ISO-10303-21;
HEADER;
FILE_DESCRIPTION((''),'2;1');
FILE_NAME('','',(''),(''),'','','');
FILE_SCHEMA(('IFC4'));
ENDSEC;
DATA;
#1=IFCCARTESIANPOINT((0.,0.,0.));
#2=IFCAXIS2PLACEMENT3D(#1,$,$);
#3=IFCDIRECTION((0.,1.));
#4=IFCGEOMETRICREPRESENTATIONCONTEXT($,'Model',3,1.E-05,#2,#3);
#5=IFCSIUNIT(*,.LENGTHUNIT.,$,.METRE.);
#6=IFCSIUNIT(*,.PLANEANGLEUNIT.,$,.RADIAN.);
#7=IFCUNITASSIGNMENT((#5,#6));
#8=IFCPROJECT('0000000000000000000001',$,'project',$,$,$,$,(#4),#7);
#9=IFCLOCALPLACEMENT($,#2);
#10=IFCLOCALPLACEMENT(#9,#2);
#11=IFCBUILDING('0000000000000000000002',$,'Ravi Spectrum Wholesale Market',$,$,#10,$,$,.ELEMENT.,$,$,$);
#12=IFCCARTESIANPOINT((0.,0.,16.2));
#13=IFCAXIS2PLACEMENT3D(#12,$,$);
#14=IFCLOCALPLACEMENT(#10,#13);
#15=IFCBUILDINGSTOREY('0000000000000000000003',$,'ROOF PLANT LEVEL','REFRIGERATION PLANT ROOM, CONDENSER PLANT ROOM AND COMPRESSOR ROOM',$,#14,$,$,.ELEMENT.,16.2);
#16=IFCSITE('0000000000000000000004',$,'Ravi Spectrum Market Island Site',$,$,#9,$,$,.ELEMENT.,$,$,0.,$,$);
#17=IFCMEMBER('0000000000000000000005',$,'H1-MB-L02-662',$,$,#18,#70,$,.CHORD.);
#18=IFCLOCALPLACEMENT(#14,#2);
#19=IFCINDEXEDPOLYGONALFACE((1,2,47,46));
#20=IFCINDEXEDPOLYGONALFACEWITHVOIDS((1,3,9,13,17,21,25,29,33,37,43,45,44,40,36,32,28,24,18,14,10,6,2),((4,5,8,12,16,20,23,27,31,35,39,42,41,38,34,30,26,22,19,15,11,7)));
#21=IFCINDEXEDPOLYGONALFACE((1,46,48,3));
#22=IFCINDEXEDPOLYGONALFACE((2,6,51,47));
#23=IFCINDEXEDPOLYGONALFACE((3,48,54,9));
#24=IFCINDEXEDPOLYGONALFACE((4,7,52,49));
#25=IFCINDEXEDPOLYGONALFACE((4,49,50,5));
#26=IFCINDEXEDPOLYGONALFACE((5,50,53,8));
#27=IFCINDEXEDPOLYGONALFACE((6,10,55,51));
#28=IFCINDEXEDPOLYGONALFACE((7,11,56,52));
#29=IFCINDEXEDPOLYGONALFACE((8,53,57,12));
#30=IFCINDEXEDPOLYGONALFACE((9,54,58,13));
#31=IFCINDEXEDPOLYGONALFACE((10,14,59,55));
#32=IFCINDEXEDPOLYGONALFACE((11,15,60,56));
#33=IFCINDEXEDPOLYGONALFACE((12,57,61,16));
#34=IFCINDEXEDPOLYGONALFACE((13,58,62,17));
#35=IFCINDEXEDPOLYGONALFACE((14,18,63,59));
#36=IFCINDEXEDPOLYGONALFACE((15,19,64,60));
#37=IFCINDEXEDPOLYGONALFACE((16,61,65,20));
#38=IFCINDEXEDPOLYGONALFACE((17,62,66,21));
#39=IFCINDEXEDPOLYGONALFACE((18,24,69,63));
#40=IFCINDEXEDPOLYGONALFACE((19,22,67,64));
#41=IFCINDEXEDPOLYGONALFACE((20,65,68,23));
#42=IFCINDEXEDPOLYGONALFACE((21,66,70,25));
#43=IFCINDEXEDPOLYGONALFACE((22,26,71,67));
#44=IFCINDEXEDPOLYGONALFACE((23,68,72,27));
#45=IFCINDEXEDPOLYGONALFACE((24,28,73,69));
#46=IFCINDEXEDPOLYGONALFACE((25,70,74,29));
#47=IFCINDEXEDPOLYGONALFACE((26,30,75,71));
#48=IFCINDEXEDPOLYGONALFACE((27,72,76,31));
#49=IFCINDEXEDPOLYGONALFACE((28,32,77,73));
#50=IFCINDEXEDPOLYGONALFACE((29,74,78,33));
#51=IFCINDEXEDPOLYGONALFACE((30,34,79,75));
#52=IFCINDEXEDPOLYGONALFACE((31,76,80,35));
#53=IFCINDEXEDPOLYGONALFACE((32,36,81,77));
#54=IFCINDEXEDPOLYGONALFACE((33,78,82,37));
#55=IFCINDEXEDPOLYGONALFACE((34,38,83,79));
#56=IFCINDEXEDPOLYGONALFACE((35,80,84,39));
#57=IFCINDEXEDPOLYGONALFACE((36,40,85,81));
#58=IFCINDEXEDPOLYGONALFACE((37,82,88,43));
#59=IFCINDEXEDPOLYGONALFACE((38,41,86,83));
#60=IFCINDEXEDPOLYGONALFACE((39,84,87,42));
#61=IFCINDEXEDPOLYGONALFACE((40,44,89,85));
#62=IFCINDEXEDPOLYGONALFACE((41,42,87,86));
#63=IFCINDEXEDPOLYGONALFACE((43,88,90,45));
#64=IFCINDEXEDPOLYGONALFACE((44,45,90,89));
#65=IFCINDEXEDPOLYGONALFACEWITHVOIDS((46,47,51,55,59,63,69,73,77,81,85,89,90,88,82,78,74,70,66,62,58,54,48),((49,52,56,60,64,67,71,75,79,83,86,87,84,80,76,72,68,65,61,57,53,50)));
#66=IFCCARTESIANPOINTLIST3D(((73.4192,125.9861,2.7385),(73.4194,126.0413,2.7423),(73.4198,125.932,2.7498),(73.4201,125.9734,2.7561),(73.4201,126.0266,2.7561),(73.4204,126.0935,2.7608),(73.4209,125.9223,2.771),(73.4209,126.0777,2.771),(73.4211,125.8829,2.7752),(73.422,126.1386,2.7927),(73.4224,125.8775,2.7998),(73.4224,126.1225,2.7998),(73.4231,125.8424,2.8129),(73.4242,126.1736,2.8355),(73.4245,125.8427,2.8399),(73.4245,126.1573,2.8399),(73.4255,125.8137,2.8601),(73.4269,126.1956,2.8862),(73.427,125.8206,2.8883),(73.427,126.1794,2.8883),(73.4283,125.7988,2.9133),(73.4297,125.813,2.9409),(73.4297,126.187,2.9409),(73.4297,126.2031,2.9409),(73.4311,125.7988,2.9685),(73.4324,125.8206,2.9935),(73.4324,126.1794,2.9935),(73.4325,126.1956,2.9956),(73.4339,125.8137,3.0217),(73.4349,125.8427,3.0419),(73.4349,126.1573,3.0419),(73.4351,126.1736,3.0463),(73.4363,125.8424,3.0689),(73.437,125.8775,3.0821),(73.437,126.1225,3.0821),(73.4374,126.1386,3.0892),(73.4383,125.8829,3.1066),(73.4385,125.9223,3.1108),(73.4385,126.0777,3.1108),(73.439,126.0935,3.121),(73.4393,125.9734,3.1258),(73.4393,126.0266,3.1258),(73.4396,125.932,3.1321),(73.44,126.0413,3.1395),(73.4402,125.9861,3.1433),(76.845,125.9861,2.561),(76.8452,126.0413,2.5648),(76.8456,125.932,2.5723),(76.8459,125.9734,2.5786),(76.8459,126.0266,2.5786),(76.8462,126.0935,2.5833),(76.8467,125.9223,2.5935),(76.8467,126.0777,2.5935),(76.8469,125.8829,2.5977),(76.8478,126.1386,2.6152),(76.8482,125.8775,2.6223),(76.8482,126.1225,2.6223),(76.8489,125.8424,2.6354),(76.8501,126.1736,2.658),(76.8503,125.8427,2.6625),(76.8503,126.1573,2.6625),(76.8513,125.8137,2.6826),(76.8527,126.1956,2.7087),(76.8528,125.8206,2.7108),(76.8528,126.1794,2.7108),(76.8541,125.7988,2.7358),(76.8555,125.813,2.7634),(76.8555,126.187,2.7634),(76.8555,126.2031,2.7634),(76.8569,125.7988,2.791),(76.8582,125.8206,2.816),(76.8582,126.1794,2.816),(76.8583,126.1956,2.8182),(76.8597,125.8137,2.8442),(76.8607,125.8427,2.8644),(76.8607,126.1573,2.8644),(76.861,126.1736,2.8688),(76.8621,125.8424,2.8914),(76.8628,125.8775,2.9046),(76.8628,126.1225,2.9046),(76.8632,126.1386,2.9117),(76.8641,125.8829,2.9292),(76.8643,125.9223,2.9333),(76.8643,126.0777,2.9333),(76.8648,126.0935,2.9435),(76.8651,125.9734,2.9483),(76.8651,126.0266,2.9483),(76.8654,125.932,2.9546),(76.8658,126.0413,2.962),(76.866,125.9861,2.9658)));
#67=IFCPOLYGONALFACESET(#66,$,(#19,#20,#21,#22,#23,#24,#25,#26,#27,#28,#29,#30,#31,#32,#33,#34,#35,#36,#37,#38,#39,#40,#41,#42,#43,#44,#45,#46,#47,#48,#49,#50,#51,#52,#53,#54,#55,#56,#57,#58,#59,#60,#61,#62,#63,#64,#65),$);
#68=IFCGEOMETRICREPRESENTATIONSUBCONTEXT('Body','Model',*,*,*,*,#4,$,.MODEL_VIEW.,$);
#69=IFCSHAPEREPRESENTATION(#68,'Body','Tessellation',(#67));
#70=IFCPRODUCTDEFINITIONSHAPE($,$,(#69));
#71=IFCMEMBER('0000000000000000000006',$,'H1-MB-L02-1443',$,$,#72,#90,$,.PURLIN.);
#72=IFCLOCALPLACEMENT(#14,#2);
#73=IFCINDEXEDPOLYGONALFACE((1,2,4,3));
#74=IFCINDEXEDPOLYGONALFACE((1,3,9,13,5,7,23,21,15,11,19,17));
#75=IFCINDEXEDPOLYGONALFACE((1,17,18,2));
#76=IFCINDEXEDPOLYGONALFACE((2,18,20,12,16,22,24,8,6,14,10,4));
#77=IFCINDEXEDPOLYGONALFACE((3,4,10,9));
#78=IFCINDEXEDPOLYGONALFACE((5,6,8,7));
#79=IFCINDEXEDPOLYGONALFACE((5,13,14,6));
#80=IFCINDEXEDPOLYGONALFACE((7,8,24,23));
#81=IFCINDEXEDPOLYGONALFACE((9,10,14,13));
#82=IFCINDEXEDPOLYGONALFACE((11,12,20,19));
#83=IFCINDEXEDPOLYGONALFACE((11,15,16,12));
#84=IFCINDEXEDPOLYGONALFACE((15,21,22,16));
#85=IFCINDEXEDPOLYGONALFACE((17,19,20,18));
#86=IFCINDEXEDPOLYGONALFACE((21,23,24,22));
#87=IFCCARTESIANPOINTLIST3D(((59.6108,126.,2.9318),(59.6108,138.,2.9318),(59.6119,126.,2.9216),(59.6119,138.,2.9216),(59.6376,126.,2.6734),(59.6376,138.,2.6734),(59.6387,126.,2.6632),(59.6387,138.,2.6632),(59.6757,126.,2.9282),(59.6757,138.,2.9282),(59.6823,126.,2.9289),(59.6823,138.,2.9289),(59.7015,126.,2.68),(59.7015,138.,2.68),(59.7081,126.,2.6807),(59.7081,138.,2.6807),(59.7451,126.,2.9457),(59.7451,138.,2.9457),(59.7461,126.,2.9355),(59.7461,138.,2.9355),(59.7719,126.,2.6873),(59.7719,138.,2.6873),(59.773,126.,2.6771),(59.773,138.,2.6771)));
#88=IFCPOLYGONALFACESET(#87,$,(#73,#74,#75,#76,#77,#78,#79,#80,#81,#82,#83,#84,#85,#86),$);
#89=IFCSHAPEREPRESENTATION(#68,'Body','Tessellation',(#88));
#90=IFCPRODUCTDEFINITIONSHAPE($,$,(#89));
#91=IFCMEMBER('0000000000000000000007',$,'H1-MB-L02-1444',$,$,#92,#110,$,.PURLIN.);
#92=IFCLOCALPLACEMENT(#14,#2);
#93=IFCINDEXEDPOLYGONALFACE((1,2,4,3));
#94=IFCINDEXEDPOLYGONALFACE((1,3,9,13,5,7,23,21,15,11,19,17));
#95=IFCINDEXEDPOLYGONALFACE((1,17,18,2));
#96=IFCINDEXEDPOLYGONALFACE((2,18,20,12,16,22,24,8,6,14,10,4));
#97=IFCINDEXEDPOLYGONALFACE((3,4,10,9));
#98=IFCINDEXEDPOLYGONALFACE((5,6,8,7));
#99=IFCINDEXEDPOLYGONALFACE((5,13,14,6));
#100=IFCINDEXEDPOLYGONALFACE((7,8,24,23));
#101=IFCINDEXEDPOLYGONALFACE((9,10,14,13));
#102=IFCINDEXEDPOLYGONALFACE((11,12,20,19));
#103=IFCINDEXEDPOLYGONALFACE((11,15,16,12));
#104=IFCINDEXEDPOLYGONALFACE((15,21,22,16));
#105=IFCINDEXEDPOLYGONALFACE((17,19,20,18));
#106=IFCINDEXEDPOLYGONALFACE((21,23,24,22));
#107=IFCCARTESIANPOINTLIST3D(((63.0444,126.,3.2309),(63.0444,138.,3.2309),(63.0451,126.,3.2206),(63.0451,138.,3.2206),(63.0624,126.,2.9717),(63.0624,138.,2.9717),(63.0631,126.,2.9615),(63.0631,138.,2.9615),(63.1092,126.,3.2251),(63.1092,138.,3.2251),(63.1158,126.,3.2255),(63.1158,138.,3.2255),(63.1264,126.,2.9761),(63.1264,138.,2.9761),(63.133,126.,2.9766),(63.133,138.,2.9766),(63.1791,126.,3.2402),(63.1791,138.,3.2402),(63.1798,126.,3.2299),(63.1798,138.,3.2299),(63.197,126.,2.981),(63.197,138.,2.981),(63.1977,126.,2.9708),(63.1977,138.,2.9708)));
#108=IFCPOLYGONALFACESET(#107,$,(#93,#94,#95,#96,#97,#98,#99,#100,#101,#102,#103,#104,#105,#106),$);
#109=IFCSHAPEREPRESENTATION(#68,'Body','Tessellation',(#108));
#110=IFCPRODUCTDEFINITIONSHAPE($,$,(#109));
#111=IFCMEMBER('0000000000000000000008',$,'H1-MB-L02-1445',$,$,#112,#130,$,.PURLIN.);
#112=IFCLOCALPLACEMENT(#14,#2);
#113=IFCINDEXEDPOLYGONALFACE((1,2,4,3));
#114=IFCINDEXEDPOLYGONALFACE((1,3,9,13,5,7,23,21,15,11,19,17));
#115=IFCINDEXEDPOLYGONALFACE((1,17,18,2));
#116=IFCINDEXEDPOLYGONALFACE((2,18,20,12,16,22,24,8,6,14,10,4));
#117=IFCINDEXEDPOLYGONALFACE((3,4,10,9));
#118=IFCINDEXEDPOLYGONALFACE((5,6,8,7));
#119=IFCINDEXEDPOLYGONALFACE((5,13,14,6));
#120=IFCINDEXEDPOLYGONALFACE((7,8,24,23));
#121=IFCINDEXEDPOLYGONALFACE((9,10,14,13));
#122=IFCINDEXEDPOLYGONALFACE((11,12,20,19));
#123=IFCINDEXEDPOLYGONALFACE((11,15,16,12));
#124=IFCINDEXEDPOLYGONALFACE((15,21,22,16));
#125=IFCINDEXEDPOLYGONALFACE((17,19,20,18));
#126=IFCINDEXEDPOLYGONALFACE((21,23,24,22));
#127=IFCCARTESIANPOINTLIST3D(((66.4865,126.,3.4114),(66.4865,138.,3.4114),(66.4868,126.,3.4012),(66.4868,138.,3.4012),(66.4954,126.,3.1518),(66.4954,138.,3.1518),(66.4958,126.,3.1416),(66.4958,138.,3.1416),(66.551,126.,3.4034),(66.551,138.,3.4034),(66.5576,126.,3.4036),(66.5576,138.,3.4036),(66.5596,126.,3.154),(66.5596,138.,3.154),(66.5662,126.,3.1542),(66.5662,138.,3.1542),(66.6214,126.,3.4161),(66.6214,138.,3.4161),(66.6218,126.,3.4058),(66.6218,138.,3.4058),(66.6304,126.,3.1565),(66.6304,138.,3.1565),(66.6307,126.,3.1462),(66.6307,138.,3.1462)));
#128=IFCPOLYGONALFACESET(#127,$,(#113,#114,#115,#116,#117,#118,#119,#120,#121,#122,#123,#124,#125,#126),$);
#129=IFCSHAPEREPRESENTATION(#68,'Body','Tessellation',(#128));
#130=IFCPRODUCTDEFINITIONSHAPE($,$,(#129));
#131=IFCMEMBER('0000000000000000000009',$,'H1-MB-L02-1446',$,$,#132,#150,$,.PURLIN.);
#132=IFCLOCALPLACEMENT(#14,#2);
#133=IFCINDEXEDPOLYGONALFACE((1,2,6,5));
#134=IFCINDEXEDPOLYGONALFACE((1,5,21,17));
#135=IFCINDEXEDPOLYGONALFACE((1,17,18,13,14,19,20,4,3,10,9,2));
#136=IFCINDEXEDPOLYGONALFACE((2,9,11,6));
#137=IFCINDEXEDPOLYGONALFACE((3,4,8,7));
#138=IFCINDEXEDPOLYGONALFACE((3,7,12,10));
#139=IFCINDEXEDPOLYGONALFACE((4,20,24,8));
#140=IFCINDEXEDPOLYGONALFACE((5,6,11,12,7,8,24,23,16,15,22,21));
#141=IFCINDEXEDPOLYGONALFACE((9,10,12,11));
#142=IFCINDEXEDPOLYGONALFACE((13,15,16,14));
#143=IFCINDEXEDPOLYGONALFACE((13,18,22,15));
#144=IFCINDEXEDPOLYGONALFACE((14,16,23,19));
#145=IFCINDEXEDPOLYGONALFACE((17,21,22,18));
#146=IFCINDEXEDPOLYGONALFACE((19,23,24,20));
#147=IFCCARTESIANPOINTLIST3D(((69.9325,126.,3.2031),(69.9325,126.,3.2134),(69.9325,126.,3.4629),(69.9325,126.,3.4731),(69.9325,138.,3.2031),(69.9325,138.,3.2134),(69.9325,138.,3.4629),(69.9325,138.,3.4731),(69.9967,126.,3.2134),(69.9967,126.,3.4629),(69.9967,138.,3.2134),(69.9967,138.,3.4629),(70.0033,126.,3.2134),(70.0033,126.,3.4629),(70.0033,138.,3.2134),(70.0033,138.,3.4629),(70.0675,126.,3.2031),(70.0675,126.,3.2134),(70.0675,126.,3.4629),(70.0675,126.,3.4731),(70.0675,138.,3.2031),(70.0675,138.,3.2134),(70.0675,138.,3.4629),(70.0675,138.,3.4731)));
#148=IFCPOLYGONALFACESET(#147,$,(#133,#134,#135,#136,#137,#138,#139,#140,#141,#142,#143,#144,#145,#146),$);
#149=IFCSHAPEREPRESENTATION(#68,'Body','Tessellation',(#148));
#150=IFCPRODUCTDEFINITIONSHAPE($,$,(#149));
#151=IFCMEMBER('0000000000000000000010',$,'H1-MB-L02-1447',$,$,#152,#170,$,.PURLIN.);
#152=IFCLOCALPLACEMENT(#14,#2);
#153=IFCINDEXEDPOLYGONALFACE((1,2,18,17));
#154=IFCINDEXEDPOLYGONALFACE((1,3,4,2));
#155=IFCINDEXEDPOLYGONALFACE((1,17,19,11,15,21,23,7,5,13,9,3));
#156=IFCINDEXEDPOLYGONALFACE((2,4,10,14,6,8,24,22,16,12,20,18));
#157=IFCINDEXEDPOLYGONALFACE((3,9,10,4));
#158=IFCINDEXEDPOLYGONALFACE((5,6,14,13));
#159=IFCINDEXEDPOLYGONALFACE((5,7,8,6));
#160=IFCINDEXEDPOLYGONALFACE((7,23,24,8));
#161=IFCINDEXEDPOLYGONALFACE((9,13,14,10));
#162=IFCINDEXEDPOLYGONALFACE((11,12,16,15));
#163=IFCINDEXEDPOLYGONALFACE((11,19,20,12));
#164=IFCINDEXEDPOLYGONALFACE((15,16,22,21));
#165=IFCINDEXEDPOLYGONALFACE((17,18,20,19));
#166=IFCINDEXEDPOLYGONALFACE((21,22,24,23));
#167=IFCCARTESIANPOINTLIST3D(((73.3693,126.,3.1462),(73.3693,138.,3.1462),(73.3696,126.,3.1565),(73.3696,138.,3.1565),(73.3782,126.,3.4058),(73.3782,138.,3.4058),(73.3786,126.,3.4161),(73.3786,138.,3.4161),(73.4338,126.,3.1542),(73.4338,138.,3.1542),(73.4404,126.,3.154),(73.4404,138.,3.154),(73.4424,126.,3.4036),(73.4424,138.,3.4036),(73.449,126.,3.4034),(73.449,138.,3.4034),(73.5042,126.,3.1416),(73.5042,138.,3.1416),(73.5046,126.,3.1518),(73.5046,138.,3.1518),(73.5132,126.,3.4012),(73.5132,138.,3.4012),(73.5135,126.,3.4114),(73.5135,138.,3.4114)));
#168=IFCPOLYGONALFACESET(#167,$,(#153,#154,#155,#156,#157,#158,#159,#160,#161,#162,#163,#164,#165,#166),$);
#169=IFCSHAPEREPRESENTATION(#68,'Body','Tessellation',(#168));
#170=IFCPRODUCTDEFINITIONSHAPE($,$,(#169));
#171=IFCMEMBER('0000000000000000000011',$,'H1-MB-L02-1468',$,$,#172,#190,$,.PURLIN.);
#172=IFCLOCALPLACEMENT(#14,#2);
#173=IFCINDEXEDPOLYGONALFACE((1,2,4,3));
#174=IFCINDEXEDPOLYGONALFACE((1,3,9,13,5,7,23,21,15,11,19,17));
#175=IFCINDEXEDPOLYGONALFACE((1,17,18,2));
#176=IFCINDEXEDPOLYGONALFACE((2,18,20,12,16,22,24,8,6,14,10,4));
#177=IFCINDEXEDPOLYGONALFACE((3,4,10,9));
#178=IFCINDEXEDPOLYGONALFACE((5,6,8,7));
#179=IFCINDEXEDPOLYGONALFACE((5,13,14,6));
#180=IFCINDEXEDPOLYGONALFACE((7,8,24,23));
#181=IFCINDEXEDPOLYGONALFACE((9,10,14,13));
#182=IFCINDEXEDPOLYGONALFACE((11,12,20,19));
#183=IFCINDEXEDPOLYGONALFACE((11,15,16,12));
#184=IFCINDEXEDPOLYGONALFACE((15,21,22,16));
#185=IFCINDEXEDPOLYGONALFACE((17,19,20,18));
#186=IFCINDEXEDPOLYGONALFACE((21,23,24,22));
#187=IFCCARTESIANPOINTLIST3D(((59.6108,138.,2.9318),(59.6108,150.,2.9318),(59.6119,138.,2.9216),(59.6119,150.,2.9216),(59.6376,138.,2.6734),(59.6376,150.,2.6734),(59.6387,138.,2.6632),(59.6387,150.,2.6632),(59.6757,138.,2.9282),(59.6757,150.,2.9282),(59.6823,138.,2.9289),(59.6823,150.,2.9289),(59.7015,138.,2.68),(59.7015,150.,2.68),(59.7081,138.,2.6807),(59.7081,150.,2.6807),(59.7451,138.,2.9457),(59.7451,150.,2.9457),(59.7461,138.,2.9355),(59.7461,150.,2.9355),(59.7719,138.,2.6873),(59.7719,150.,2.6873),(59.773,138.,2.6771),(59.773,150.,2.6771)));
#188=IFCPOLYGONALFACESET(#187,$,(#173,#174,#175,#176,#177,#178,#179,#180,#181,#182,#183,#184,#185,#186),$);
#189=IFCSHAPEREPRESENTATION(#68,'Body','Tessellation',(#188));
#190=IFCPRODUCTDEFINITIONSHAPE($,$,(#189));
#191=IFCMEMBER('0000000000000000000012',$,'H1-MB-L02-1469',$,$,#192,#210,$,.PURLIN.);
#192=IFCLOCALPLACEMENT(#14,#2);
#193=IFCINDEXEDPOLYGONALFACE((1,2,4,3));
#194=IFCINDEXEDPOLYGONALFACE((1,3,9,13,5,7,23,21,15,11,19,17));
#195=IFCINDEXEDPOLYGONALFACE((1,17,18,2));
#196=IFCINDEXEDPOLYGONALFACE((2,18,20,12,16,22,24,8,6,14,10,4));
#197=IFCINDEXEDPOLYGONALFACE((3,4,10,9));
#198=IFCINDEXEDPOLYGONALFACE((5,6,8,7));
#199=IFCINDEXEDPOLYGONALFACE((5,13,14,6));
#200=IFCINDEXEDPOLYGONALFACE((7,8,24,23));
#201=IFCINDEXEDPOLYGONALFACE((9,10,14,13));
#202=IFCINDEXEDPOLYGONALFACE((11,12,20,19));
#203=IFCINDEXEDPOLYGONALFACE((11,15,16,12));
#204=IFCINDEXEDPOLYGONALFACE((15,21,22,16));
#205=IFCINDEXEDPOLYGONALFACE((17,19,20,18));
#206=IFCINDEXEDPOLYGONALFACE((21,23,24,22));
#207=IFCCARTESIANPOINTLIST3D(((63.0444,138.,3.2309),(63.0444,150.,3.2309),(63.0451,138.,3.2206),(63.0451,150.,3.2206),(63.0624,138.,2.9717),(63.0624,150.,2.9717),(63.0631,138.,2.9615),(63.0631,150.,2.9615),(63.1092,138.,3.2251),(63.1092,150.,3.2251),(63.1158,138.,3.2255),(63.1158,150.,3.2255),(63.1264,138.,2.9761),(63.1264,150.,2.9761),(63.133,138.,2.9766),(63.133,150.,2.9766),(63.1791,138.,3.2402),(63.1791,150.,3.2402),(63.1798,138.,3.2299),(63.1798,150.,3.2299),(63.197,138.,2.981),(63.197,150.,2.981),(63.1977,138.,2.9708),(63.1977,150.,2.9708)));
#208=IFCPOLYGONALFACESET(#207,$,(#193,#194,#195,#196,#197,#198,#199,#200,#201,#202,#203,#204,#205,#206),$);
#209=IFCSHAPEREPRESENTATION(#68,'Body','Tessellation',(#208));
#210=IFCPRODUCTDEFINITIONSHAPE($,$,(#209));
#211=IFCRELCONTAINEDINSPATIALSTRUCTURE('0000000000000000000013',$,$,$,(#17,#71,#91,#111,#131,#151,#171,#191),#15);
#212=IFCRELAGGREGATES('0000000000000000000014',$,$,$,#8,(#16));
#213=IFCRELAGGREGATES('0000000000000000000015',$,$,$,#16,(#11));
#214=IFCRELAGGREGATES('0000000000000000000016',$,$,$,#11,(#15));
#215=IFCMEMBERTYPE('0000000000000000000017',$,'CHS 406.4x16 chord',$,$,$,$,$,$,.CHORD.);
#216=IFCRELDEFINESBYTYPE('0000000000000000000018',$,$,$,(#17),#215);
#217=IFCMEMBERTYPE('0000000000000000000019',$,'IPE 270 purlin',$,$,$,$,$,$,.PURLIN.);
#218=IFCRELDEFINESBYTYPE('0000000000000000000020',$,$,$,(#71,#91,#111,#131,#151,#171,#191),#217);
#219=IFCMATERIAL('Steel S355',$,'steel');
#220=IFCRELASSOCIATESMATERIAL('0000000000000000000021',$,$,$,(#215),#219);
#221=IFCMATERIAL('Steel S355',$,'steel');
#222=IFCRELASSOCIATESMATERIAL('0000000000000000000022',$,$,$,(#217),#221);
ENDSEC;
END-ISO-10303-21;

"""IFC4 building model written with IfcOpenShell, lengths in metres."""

from ifc_helpers import new_model, si_unit, direction, frame, origin, origin_2d, place, context, subcontext, project, spatial, hollow_circle, i_section, extrude, material, material_profile, profile_set, type_object, element, save


model = new_model("IFC4")

# Units and contexts
model_context = context("Model", 3, precision=1e-05, world=origin(), true_north=direction((0.0, 1.0)))
body_context = subcontext(model_context, "Body", "Model", "MODEL_VIEW")
ifc_project = project(units=[si_unit("LENGTHUNIT", "METRE"), si_unit("PLANEANGLEUNIT", "RADIAN")], contexts=[model_context])

# Site, building, storey
site_placement = place(None, origin())
site = spatial("IfcSite", under=ifc_project, at=site_placement, Name="Ravi Spectrum Market Island Site", CompositionType="ELEMENT", RefElevation=0.0)
building_placement = place(site_placement, origin())
building = spatial("IfcBuilding", under=site, at=building_placement, Name="Ravi Spectrum Wholesale Market", CompositionType="ELEMENT")
storey_placement = place(building_placement, frame((0.0, 0.0, 16.2)))
storey = spatial("IfcBuildingStorey", under=building, at=storey_placement, Name="ROOF PLANT LEVEL", Description="REFRIGERATION PLANT ROOM, CONDENSER PLANT ROOM AND COMPRESSOR ROOM", CompositionType="ELEMENT", Elevation=16.2)

# Members
ifc_material_1 = material(Name="Steel S355", Category="steel")
ifc_material_profile_1 = material_profile(ifc_material_1, hollow_circle(Radius=0.2031, WallThickness=0.0161, at=origin_2d()))
ifc_profile_set_1 = profile_set([ifc_material_profile_1], Name="Steel S355")
member_type_1 = type_object("IfcMemberType", Name="CHS 406.4x16 chord", PredefinedType="CHORD", material=ifc_profile_set_1)
member_1_placement = place(storey_placement, frame((73.4297, 126.0, 2.9409), z_axis=(0.998661, 0.0, -0.051741), x_axis=(0.0, 1.0, 0.0)))
element("IfcMember", 1, at=member_1_placement, inside=storey, type_object=member_type_1, Name="H1-MB-L02-662", PredefinedType="CHORD", context=body_context, shape_type="SweptSolid", body=[
    extrude(hollow_circle(Radius=0.2031, WallThickness=0.0161, at=origin_2d()), origin(), (0.0, 0.0, 1.0), 3.4304),
])
ifc_material_2 = material(Name="Steel S355", Category="steel")
ifc_material_profile_2 = material_profile(ifc_material_2, i_section(OverallWidth=0.135, OverallDepth=0.27, WebThickness=0.0066, FlangeThickness=0.0103, at=origin_2d()))
ifc_profile_set_2 = profile_set([ifc_material_profile_2], Name="Steel S355")
member_type_2 = type_object("IfcMemberType", Name="IPE 270 purlin", PredefinedType="PURLIN", material=ifc_profile_set_2)
for number, where, z_axis, x_axis, name in (
    (2, (59.6919, 126.0, 2.8044), (0.0, 1.0, 0.0), (-0.994649, 0.0, -0.103311), "H1-MB-L02-1443"),
    (3, (63.1211, 126.0, 3.1008), (0.0, 1.0, 0.0), (-0.997621, 0.0, -0.068943), "H1-MB-L02-1444"),
    (4, (66.5586, 126.0, 3.2788), (0.0, 1.0, 0.0), (-0.999405, 0.0, -0.034492), "H1-MB-L02-1445"),
    (5, (70.0, 126.0, 3.3381), (0.0, 1.0, 0.0), (-1.0, 0.0, 0.0), "H1-MB-L02-1446"),
    (6, (73.4414, 126.0, 3.2788), (0.0, 1.0, 0.0), (-0.999405, 0.0, 0.034492), "H1-MB-L02-1447"),
    (7, (59.6919, 138.0, 2.8044), (0.0, 1.0, 0.0), (-0.994649, 0.0, -0.103311), "H1-MB-L02-1468"),
    (8, (63.1211, 138.0, 3.1008), (0.0, 1.0, 0.0), (-0.997621, 0.0, -0.068943), "H1-MB-L02-1469"),
):
    element("IfcMember", number, at=place(storey_placement, frame(where, z_axis=z_axis, x_axis=x_axis)), inside=storey, type_object=member_type_2, Name=name, PredefinedType="PURLIN", context=body_context, shape_type="SweptSolid", body=[
        extrude(i_section(OverallWidth=0.135, OverallDepth=0.27, WebThickness=0.0066, FlangeThickness=0.0103, at=origin_2d()), origin(), (0.0, 0.0, 1.0), 12.0),
    ])

save(model, "model.ifc")
